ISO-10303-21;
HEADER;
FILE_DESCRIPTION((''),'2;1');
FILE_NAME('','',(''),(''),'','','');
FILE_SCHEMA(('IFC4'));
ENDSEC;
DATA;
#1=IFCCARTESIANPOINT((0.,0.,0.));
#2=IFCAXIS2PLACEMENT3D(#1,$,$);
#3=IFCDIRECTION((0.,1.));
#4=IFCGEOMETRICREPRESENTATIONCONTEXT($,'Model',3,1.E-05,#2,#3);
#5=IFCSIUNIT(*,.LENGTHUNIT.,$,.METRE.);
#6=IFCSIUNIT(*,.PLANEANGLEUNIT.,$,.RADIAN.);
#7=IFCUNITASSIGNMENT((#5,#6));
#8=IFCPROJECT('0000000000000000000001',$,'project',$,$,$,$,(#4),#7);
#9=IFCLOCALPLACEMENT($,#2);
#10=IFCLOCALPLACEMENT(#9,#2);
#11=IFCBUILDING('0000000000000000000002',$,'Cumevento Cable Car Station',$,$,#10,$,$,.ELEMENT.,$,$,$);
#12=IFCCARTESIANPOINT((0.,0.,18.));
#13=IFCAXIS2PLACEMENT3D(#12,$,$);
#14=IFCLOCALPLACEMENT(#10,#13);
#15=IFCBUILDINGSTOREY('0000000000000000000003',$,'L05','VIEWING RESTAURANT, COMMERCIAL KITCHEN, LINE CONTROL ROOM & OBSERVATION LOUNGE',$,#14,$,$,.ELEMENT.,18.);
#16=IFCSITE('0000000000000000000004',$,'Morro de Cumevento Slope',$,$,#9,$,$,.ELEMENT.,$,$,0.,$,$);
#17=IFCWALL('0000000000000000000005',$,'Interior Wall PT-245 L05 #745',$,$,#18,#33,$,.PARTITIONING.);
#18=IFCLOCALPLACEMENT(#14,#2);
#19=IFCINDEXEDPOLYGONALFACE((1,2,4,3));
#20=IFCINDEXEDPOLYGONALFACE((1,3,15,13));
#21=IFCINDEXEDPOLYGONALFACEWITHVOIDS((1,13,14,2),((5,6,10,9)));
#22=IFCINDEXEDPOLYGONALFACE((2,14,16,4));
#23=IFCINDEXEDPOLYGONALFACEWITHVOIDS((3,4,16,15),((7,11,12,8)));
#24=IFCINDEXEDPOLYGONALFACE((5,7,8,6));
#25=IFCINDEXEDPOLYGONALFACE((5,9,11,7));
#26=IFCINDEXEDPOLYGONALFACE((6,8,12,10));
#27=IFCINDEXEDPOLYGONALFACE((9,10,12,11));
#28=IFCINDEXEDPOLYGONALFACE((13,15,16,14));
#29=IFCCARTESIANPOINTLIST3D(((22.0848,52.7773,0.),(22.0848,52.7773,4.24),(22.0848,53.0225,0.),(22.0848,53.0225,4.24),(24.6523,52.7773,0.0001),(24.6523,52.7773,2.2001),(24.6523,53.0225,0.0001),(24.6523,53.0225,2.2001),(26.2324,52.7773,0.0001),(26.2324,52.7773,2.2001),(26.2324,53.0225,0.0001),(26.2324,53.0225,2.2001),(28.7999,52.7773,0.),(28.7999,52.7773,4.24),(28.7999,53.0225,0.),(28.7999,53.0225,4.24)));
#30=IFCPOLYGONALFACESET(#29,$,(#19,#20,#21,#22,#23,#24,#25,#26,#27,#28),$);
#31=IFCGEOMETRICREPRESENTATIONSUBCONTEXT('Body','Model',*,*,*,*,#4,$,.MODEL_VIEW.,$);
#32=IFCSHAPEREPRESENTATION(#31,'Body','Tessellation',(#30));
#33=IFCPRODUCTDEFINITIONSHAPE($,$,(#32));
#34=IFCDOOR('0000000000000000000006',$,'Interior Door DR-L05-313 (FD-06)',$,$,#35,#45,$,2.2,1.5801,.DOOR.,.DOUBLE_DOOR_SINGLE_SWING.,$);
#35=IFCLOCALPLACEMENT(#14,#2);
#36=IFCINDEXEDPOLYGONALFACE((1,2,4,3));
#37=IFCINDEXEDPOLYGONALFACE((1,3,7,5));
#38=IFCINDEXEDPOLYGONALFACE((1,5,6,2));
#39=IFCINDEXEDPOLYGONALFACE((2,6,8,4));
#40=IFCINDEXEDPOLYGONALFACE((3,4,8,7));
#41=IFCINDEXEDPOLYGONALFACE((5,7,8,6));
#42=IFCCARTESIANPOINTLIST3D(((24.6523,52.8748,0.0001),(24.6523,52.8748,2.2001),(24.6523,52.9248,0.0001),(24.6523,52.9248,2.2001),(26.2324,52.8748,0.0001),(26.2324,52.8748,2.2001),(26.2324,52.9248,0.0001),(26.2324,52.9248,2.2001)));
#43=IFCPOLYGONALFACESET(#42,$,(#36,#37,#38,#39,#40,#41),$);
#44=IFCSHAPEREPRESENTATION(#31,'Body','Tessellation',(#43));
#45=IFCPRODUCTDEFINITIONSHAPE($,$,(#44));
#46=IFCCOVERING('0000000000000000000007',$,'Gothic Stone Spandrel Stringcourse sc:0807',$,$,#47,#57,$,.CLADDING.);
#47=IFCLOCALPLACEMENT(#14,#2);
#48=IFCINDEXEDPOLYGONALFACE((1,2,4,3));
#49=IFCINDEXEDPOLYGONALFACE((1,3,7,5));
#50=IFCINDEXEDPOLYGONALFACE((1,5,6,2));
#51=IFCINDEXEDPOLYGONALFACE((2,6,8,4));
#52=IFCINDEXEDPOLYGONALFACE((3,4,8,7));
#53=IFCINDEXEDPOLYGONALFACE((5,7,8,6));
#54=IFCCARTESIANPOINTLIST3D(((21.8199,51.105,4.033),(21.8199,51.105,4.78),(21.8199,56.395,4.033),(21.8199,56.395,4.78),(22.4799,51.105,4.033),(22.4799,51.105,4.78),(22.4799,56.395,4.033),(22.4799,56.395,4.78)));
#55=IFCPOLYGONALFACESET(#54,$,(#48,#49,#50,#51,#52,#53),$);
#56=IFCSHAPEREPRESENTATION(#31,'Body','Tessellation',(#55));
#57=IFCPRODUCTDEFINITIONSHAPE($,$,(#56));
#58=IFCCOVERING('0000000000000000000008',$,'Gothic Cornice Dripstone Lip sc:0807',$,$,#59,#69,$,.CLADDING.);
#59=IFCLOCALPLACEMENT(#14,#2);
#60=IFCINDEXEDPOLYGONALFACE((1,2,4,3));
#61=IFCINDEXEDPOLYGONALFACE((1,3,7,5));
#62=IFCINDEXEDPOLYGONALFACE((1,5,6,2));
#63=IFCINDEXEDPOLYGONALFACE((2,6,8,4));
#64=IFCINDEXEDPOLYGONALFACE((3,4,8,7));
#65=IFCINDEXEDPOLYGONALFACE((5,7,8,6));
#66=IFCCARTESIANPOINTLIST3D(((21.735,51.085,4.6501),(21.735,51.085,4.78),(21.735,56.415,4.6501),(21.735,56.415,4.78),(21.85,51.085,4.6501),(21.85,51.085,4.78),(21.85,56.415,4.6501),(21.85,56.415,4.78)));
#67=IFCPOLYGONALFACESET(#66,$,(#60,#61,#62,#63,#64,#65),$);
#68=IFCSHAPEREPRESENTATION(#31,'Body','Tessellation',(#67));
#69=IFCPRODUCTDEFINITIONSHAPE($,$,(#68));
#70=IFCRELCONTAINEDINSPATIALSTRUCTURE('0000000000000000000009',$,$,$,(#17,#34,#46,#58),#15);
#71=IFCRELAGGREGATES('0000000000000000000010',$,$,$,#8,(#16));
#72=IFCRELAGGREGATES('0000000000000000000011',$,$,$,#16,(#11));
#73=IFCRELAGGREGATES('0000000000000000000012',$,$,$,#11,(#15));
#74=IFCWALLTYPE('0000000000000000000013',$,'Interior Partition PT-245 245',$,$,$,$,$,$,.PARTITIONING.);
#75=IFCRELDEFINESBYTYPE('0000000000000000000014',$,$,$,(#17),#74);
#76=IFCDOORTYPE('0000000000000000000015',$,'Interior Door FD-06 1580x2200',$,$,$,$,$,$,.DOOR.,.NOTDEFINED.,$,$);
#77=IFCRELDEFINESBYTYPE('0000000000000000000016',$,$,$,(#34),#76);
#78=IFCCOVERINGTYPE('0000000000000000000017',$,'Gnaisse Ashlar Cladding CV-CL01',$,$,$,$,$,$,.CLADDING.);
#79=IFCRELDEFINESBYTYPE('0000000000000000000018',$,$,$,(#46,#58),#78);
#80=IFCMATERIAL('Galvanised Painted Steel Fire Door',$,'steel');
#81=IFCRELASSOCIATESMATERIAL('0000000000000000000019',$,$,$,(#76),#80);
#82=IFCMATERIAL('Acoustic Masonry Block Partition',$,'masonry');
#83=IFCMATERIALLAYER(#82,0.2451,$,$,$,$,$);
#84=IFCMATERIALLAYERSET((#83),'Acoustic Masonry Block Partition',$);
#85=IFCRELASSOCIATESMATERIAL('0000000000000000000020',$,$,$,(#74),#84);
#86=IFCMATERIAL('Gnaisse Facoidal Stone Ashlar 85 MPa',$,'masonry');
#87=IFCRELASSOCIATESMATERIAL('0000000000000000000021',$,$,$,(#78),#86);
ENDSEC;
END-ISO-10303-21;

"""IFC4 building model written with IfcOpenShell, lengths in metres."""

from ifc_helpers import new_model, si_unit, direction, frame, frame_2d, origin, origin_2d, place, context, subcontext, project, spatial, rectangle, extrude, material, layer, layer_set, type_object, element, fill, save


model = new_model("IFC4")

# Units and contexts
model_context = context("Model", 3, precision=1e-05, world=origin(), true_north=direction((0.0, 1.0)))
body_context = subcontext(model_context, "Body", "Model", "MODEL_VIEW")
ifc_project = project(units=[si_unit("LENGTHUNIT", "METRE"), si_unit("PLANEANGLEUNIT", "RADIAN")], contexts=[model_context])

# Site, building, storey
site_placement = place(None, origin())
site = spatial("IfcSite", under=ifc_project, at=site_placement, Name="Morro de Cumevento Slope", CompositionType="ELEMENT", RefElevation=0.0)
building_placement = place(site_placement, origin())
building = spatial("IfcBuilding", under=site, at=building_placement, Name="Cumevento Cable Car Station", CompositionType="ELEMENT")
storey_placement = place(building_placement, frame((0.0, 0.0, 18.0)))
storey = spatial("IfcBuildingStorey", under=building, at=storey_placement, Name="L05", Description="VIEWING RESTAURANT, COMMERCIAL KITCHEN, LINE CONTROL ROOM & OBSERVATION LOUNGE", CompositionType="ELEMENT", Elevation=18.0)

# Wall, opening, door
ifc_material_1 = material(Name="Galvanised Painted Steel Fire Door", Category="steel")
door_type = type_object("IfcDoorType", Name="Interior Door FD-06 1580x2200", OperationType="NOTDEFINED", PredefinedType="DOOR", material=ifc_material_1)
ifc_material_2 = material(Name="Acoustic Masonry Block Partition", Category="masonry")
ifc_layer_1 = layer(ifc_material_2, 0.2451)
ifc_layer_set_1 = layer_set([ifc_layer_1], Name="Acoustic Masonry Block Partition")
wall_type_1 = type_object("IfcWallType", Name="Interior Partition PT-245 245", PredefinedType="PARTITIONING", material=ifc_layer_set_1)
wall_1_placement = place(storey_placement, frame((22.085, 52.8999, 0.0), z_axis=(0.0, 0.0, 1.0), x_axis=(1.0, 0.0, 0.0)))
wall_1 = element("IfcWall", 1, at=wall_1_placement, inside=storey, type_object=wall_type_1, Name="Interior Wall PT-245 L05 #745", PredefinedType="PARTITIONING", context=body_context, shape_type="SweptSolid", body=[
    extrude(rectangle(XDim=6.7151, YDim=0.2451, at=frame_2d((3.3574, 0.0))), origin(), (0.0, 0.0, 1.0), 4.24),
])
opening_1_placement = place(wall_1_placement, frame((2.5674, 0.0, 0.0)))
opening_1 = element("IfcOpeningElement", 2, at=opening_1_placement, cuts=wall_1, PredefinedType="OPENING", context=body_context, shape_type="SweptSolid", body=[
    extrude(rectangle(XDim=1.5801, YDim=2.2, at=frame_2d((0.79, 1.1001))), frame((0.0, 0.1326, 0.0), z_axis=(0.0, -1.0, 0.0), x_axis=(1.0, 0.0, 0.0)), (0.0, 0.0, 1.0), 0.2651),
])
door_1_placement = place(opening_1_placement, origin())
door_1 = element("IfcDoor", 3, at=door_1_placement, inside=storey, type_object=door_type, Name="Interior Door DR-L05-313 (FD-06)", OperationType="DOUBLE_DOOR_SINGLE_SWING", OverallHeight=2.2, OverallWidth=1.5801, PredefinedType="DOOR", context=body_context, shape_type="SweptSolid", body=[
    extrude(rectangle(XDim=1.5801, YDim=2.2, at=frame_2d((0.79, 1.1001))), frame((0.0, 0.0249, 0.0), z_axis=(0.0, -1.0, 0.0), x_axis=(1.0, 0.0, 0.0)), (0.0, 0.0, 1.0), 0.05),
])
fill(opening_1, door_1)

# Coverings
ifc_material_3 = material(Name="Gnaisse Facoidal Stone Ashlar 85 MPa", Category="masonry")
covering_type = type_object("IfcCoveringType", Name="Gnaisse Ashlar Cladding CV-CL01", PredefinedType="CLADDING", material=ifc_material_3)
covering_1_placement = place(storey_placement, frame((22.1499, 53.75, 4.033), z_axis=(0.0, 0.0, 1.0), x_axis=(0.0, 1.0, 0.0)))
element("IfcCovering", 4, at=covering_1_placement, inside=storey, type_object=covering_type, Name="Gothic Stone Spandrel Stringcourse sc:0807", PredefinedType="CLADDING", context=body_context, shape_type="SweptSolid", body=[
    extrude(rectangle(XDim=5.29, YDim=0.6599, at=origin_2d()), origin(), (0.0, 0.0, 1.0), 0.7471),
])
covering_2_placement = place(storey_placement, frame((21.7925, 53.75, 4.6501), z_axis=(0.0, 0.0, 1.0), x_axis=(0.0, 1.0, 0.0)))
element("IfcCovering", 5, at=covering_2_placement, inside=storey, type_object=covering_type, Name="Gothic Cornice Dripstone Lip sc:0807", PredefinedType="CLADDING", context=body_context, shape_type="SweptSolid", body=[
    extrude(rectangle(XDim=5.3301, YDim=0.115, at=origin_2d()), origin(), (0.0, 0.0, 1.0), 0.1299),
])

save(model, "model.ifc")
